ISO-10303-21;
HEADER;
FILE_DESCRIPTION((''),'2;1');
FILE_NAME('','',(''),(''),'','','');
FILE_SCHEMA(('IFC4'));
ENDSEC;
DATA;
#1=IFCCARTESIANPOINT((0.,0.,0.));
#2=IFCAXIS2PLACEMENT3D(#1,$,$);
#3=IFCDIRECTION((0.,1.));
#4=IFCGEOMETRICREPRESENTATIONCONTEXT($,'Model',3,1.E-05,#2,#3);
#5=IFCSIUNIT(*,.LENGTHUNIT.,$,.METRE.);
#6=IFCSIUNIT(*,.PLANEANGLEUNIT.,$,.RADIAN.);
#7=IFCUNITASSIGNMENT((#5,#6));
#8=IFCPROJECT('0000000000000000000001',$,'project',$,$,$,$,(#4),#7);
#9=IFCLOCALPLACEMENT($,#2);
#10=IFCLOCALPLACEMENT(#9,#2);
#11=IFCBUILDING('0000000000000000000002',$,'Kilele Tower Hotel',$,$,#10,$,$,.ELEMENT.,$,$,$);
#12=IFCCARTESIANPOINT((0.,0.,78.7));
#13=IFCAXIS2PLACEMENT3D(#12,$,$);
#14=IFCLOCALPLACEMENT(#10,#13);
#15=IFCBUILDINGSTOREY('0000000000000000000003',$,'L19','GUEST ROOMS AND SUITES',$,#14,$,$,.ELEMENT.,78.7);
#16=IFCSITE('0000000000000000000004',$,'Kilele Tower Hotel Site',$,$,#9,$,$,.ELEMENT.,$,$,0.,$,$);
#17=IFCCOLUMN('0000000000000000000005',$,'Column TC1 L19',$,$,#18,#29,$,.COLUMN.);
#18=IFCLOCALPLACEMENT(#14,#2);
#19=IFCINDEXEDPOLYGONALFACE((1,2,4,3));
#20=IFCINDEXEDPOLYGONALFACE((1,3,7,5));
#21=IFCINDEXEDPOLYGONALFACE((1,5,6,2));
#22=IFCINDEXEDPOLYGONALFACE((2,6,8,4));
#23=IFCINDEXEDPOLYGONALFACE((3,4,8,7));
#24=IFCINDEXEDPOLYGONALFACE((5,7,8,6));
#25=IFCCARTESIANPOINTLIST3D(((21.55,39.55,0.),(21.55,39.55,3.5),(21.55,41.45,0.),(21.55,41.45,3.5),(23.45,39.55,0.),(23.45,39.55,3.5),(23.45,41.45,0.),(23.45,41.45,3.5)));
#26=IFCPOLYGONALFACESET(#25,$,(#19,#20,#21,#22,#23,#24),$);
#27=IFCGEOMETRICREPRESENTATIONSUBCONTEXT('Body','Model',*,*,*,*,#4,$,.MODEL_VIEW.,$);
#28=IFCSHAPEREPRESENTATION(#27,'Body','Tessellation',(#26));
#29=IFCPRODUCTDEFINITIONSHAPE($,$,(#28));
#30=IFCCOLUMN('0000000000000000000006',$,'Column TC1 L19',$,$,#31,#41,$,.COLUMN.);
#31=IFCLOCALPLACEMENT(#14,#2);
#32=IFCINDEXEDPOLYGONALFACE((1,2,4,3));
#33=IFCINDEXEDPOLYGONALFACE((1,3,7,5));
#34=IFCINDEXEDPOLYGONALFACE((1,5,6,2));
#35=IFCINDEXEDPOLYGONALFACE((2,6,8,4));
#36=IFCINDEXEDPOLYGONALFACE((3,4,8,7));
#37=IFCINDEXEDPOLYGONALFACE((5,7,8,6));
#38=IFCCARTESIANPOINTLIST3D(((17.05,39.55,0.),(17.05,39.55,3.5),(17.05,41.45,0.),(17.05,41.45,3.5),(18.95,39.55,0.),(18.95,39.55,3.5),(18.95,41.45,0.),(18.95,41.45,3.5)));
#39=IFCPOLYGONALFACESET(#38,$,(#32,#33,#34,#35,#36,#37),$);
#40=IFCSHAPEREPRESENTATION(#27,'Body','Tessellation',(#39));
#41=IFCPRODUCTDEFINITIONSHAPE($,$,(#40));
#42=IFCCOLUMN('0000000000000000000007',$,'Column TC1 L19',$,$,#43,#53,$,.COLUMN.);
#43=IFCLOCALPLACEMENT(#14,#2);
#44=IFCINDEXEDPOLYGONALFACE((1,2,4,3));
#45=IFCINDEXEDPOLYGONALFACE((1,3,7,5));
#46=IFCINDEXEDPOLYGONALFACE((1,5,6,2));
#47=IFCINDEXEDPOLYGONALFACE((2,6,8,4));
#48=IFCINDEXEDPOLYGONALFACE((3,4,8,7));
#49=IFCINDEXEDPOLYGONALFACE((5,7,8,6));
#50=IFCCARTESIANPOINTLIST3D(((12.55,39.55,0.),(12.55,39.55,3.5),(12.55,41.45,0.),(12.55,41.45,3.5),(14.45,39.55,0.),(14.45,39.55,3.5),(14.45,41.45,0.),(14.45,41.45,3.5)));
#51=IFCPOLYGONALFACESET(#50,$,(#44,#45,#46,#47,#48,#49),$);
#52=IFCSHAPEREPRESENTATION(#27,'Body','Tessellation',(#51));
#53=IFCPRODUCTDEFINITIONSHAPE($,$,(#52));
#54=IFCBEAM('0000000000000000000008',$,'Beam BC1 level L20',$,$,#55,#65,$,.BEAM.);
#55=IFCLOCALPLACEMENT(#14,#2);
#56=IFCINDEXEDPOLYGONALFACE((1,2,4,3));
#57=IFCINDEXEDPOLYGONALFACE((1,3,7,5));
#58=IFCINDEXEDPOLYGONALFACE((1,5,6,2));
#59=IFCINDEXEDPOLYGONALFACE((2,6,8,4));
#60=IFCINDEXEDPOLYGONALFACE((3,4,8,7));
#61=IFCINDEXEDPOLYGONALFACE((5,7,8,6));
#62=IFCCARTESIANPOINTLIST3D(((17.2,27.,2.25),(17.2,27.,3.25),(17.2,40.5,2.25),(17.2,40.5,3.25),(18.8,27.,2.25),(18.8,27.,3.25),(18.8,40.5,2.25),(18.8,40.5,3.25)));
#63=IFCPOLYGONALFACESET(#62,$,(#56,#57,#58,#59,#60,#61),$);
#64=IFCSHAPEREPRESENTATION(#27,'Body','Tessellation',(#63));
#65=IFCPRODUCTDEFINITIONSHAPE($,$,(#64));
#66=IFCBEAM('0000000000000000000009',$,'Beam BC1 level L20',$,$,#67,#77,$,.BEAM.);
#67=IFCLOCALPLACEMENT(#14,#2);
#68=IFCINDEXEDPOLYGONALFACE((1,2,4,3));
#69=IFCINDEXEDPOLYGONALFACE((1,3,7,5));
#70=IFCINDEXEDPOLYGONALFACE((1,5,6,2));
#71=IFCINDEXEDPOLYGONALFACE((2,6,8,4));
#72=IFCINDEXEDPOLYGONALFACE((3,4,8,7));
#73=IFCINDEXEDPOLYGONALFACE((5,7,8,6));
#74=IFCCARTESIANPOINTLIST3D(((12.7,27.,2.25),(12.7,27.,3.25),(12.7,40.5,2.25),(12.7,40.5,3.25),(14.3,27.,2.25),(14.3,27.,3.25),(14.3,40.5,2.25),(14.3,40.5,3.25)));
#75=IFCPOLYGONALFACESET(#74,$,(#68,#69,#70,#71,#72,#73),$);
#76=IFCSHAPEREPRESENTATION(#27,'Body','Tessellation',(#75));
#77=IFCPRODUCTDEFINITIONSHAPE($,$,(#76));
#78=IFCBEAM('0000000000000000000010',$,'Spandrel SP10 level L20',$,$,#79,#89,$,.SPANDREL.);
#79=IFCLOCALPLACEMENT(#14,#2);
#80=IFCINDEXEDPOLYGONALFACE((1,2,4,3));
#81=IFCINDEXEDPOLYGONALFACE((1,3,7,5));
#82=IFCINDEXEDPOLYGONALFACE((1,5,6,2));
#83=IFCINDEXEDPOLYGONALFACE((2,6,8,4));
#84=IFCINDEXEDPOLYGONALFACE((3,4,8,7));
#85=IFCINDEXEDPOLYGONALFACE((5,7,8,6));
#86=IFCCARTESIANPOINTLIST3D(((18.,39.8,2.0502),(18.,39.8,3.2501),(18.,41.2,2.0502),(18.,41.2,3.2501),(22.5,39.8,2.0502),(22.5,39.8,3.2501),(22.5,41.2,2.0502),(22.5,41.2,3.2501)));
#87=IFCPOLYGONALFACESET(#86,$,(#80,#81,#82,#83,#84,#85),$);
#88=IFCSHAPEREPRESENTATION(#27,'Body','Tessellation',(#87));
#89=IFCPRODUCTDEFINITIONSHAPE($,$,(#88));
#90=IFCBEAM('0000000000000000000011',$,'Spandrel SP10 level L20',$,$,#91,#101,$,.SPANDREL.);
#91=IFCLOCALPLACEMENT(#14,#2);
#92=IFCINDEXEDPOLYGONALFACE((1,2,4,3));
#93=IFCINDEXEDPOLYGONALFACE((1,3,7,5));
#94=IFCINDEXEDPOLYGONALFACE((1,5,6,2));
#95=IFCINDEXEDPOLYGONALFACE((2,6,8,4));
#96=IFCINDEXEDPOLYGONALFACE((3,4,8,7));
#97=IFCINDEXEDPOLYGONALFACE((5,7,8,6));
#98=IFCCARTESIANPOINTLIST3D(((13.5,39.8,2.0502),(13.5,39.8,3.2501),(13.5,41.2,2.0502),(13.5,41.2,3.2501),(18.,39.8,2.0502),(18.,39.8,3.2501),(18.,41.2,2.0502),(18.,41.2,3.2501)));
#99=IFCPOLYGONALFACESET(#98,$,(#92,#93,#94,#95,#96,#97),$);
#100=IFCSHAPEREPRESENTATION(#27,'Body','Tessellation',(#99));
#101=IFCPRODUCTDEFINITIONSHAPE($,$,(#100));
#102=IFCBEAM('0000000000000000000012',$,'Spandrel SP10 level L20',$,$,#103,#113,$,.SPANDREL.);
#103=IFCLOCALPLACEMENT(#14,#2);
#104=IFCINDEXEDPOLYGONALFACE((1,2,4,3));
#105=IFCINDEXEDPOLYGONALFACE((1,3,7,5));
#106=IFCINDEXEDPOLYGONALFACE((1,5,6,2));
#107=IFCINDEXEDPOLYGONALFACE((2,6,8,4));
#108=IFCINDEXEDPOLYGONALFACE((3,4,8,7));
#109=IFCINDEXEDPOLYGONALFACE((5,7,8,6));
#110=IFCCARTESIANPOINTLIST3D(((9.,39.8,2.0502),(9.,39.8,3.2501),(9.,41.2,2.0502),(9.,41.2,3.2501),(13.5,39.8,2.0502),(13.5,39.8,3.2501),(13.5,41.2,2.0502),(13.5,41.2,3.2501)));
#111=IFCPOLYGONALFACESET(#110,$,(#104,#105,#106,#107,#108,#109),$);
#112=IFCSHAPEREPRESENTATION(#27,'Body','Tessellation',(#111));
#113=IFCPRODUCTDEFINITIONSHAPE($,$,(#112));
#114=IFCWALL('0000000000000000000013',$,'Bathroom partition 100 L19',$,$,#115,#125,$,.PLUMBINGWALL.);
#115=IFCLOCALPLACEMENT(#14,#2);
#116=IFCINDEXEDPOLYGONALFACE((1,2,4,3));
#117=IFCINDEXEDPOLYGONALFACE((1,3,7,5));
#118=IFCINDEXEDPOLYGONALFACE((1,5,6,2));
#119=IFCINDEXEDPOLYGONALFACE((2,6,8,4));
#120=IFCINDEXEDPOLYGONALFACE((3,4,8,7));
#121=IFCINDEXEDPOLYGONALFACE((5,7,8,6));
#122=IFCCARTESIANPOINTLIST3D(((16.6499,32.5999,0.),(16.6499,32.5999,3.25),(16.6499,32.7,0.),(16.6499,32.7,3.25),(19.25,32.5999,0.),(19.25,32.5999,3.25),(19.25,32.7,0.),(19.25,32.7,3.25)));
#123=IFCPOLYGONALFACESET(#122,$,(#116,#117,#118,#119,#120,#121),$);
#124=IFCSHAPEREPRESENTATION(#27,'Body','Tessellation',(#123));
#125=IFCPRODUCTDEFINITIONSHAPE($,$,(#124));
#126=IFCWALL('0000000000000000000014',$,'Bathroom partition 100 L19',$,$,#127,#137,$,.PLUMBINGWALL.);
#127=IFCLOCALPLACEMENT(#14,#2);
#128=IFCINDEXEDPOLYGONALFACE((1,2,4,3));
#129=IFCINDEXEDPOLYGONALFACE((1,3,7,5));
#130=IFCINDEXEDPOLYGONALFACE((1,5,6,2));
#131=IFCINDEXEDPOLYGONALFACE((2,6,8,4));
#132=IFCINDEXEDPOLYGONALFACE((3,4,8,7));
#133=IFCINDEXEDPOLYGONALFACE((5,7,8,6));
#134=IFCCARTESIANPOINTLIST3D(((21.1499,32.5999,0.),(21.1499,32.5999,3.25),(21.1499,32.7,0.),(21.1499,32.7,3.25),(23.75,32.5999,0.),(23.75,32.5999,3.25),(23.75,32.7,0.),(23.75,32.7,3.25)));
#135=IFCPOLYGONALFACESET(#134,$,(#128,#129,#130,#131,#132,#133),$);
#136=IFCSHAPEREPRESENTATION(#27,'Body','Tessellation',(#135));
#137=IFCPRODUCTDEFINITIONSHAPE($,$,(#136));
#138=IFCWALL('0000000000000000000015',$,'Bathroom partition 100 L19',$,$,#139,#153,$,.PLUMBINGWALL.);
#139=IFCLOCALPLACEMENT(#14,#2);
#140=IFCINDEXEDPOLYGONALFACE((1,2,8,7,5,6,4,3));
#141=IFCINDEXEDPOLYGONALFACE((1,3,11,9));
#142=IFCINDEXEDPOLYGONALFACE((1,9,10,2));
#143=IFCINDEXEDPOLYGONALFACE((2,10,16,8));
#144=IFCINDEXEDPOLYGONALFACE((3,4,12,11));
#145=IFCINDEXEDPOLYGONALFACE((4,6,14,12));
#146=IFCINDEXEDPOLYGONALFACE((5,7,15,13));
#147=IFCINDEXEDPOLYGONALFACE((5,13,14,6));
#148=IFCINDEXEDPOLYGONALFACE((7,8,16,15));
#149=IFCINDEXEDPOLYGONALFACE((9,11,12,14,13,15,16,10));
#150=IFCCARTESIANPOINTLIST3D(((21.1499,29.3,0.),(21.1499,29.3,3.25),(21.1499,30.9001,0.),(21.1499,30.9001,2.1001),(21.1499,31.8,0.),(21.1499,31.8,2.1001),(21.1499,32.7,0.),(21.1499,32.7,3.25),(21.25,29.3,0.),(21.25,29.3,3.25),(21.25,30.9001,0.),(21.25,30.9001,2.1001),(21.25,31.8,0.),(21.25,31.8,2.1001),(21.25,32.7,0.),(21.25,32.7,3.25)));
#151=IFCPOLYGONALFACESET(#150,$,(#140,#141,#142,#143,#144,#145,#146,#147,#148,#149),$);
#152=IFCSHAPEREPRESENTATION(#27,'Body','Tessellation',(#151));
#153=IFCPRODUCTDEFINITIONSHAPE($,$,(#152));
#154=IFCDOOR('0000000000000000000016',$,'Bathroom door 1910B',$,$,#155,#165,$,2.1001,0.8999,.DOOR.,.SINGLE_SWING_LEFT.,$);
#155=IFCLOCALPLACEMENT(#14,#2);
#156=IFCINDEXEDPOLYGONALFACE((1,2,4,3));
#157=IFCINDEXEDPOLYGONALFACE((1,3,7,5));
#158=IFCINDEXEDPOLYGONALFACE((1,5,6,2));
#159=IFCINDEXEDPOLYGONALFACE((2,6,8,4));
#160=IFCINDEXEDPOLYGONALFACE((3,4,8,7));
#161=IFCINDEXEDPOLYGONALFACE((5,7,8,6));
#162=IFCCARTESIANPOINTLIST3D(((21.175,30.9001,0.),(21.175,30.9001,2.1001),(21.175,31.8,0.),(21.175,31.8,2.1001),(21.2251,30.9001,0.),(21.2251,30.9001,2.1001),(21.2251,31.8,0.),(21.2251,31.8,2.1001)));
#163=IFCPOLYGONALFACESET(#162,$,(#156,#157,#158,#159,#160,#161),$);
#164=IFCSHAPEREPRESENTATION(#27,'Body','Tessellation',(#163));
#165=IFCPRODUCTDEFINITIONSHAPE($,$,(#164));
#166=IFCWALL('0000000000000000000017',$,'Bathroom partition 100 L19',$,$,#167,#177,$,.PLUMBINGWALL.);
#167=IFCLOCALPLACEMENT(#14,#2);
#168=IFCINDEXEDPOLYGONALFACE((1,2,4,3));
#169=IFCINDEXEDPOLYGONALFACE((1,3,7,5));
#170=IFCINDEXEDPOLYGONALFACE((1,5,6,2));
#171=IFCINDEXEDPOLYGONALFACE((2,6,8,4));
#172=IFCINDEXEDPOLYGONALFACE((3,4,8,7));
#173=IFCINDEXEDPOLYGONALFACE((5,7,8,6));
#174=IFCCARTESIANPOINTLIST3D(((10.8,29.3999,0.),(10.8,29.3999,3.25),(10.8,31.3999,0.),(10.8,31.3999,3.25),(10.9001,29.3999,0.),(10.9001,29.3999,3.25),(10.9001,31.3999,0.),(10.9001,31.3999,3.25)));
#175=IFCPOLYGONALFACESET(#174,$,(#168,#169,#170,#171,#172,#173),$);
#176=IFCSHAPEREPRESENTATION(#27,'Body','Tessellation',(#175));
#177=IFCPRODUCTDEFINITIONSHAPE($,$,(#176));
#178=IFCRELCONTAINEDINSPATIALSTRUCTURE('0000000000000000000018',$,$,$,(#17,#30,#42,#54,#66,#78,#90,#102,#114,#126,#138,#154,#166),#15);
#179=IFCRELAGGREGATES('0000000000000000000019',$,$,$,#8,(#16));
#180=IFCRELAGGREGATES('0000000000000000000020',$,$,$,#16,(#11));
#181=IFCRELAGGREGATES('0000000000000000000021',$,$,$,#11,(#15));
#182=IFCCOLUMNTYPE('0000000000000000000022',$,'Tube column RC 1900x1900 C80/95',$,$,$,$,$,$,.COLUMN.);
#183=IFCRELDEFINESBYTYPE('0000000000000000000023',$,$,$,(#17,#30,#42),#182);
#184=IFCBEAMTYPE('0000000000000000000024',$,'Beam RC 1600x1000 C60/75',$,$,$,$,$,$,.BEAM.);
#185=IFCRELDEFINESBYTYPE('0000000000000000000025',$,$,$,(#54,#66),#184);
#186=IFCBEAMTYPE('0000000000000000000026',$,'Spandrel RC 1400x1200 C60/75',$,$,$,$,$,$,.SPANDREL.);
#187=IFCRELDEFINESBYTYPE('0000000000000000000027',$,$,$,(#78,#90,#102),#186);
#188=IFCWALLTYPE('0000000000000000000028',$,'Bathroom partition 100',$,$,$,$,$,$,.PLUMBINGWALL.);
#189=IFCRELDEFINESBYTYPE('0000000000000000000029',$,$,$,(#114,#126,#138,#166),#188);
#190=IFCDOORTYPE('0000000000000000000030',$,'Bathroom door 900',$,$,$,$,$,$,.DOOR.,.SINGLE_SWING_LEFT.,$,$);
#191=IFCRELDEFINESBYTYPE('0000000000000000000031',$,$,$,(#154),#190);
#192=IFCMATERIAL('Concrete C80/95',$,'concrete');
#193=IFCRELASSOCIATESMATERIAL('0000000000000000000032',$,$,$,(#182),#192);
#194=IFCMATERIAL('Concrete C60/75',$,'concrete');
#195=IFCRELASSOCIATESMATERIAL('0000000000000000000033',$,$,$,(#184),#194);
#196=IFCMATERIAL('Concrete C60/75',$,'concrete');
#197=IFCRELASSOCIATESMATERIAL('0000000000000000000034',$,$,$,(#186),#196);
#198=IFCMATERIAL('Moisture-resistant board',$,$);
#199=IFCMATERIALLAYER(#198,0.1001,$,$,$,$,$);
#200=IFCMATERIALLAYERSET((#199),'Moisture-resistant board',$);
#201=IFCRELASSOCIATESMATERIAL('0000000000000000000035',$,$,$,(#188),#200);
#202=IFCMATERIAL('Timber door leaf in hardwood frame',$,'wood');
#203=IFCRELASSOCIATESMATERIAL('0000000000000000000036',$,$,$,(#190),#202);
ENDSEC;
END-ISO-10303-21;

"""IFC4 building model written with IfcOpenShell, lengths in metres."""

from ifc_helpers import new_model, si_unit, direction, frame, frame_2d, origin, origin_2d, place, context, subcontext, project, spatial, rectangle, extrude, material, layer, layer_set, material_profile, profile_set, type_object, element, fill, save


model = new_model("IFC4")

# Units and contexts
model_context = context("Model", 3, precision=1e-05, world=origin(), true_north=direction((0.0, 1.0)))
body_context = subcontext(model_context, "Body", "Model", "MODEL_VIEW")
ifc_project = project(units=[si_unit("LENGTHUNIT", "METRE"), si_unit("PLANEANGLEUNIT", "RADIAN")], contexts=[model_context])

# Site, building, storey
site_placement = place(None, origin())
site = spatial("IfcSite", under=ifc_project, at=site_placement, Name="Kilele Tower Hotel Site", CompositionType="ELEMENT", RefElevation=0.0)
building_placement = place(site_placement, origin())
building = spatial("IfcBuilding", under=site, at=building_placement, Name="Kilele Tower Hotel", CompositionType="ELEMENT")
storey_placement = place(building_placement, frame((0.0, 0.0, 78.7)))
storey = spatial("IfcBuildingStorey", under=building, at=storey_placement, Name="L19", Description="GUEST ROOMS AND SUITES", CompositionType="ELEMENT", Elevation=78.7)

# Columns
ifc_material_1 = material(Name="Concrete C80/95", Category="concrete")
ifc_material_profile_1 = material_profile(ifc_material_1, rectangle(XDim=1.8999, YDim=1.8999, at=origin_2d()))
ifc_profile_set_1 = profile_set([ifc_material_profile_1], Name="Concrete C80/95")
column_type = type_object("IfcColumnType", Name="Tube column RC 1900x1900 C80/95", PredefinedType="COLUMN", material=ifc_profile_set_1)
for number, where, z_axis, x_axis, name in (
    (1, (22.5, 40.5, 0.0), (0.0, 0.0, 1.0), (1.0, 0.0, 0.0), "Column TC1 L19"),
    (2, (18.0, 40.5, 0.0), (0.0, 0.0, 1.0), (1.0, 0.0, 0.0), "Column TC1 L19"),
    (3, (13.5, 40.5, 0.0), (0.0, 0.0, 1.0), (1.0, 0.0, 0.0), "Column TC1 L19"),
):
    element("IfcColumn", number, at=place(storey_placement, frame(where, z_axis=z_axis, x_axis=x_axis)), inside=storey, type_object=column_type, Name=name, PredefinedType="COLUMN", context=body_context, shape_type="SweptSolid", body=[
        extrude(rectangle(XDim=1.8999, YDim=1.8999, at=origin_2d()), origin(), (0.0, 0.0, 1.0), 3.5),
    ])

# Beams
ifc_material_2 = material(Name="Concrete C60/75", Category="concrete")
ifc_material_profile_2 = material_profile(ifc_material_2, rectangle(XDim=1.6001, YDim=1.0, at=origin_2d()))
ifc_profile_set_2 = profile_set([ifc_material_profile_2], Name="Concrete C60/75")
beam_type_1 = type_object("IfcBeamType", Name="Beam RC 1600x1000 C60/75", PredefinedType="BEAM", material=ifc_profile_set_2)
for number, where, z_axis, x_axis, name in (
    (4, (18.0, 40.5, 2.75), (0.0, -1.0, 0.0), (1.0, 0.0, 0.0), "Beam BC1 level L20"),
    (5, (13.5, 40.5, 2.75), (0.0, -1.0, 0.0), (1.0, 0.0, 0.0), "Beam BC1 level L20"),
):
    element("IfcBeam", number, at=place(storey_placement, frame(where, z_axis=z_axis, x_axis=x_axis)), inside=storey, type_object=beam_type_1, Name=name, PredefinedType="BEAM", context=body_context, shape_type="SweptSolid", body=[
        extrude(rectangle(XDim=1.6001, YDim=1.0, at=origin_2d()), origin(), (0.0, 0.0, 1.0), 13.5),
    ])
ifc_material_3 = material(Name="Concrete C60/75", Category="concrete")
ifc_material_profile_3 = material_profile(ifc_material_3, rectangle(XDim=1.3999, YDim=1.2, at=origin_2d()))
ifc_profile_set_3 = profile_set([ifc_material_profile_3], Name="Concrete C60/75")
beam_type_2 = type_object("IfcBeamType", Name="Spandrel RC 1400x1200 C60/75", PredefinedType="SPANDREL", material=ifc_profile_set_3)
for number, where, z_axis, x_axis, name in (
    (6, (22.5, 40.5, 2.6501), (-1.0, 0.0, 0.0), (0.0, -1.0, 0.0), "Spandrel SP10 level L20"),
    (7, (18.0, 40.5, 2.6501), (-1.0, 0.0, 0.0), (0.0, -1.0, 0.0), "Spandrel SP10 level L20"),
    (8, (13.5, 40.5, 2.6501), (-1.0, 0.0, 0.0), (0.0, -1.0, 0.0), "Spandrel SP10 level L20"),
):
    element("IfcBeam", number, at=place(storey_placement, frame(where, z_axis=z_axis, x_axis=x_axis)), inside=storey, type_object=beam_type_2, Name=name, PredefinedType="SPANDREL", context=body_context, shape_type="SweptSolid", body=[
        extrude(rectangle(XDim=1.3999, YDim=1.2, at=origin_2d()), origin(), (0.0, 0.0, 1.0), 4.5),
    ])

# Walls
ifc_material_4 = material(Name="Moisture-resistant board")
ifc_layer_1 = layer(ifc_material_4, 0.1001)
ifc_layer_set_1 = layer_set([ifc_layer_1], Name="Moisture-resistant board")
wall_type_1 = type_object("IfcWallType", Name="Bathroom partition 100", PredefinedType="PLUMBINGWALL", material=ifc_layer_set_1)
for number, where, z_axis, x_axis, name in (
    (9, (16.6499, 32.6499, 0.0), (0.0, 0.0, 1.0), (1.0, 0.0, 0.0), "Bathroom partition 100 L19"),
    (10, (21.1499, 32.6499, 0.0), (0.0, 0.0, 1.0), (1.0, 0.0, 0.0), "Bathroom partition 100 L19"),
):
    element("IfcWall", number, at=place(storey_placement, frame(where, z_axis=z_axis, x_axis=x_axis)), inside=storey, type_object=wall_type_1, Name=name, PredefinedType="PLUMBINGWALL", context=body_context, shape_type="SweptSolid", body=[
        extrude(rectangle(XDim=2.6001, YDim=0.1001, at=frame_2d((1.3, 0.0))), origin(), (0.0, 0.0, 1.0), 3.25),
    ])

# Wall, opening, door
wall_1_placement = place(storey_placement, frame((21.2, 29.3, 0.0), z_axis=(0.0, 0.0, 1.0), x_axis=(0.0, 1.0, 0.0)))
wall_1 = element("IfcWall", 11, at=wall_1_placement, inside=storey, type_object=wall_type_1, Name="Bathroom partition 100 L19", PredefinedType="PLUMBINGWALL", context=body_context, shape_type="SweptSolid", body=[
    extrude(rectangle(XDim=3.3999, YDim=0.1001, at=frame_2d((1.7, 0.0))), origin(), (0.0, 0.0, 1.0), 3.25),
])
opening_1_placement = place(wall_1_placement, frame((1.6001, 0.0, 0.0)))
opening_1 = element("IfcOpeningElement", 12, at=opening_1_placement, cuts=wall_1, PredefinedType="OPENING", context=body_context, shape_type="SweptSolid", body=[
    extrude(rectangle(XDim=0.8999, YDim=2.1001, at=frame_2d((0.45, 1.05))), frame((0.0, 0.0601, 0.0), z_axis=(0.0, -1.0, 0.0), x_axis=(1.0, 0.0, 0.0)), (0.0, 0.0, 1.0), 0.1201),
])
ifc_material_5 = material(Name="Timber door leaf in hardwood frame", Category="wood")
door_type_1 = type_object("IfcDoorType", Name="Bathroom door 900", OperationType="SINGLE_SWING_LEFT", PredefinedType="DOOR", material=ifc_material_5)
door_1_placement = place(opening_1_placement, origin())
door_1 = element("IfcDoor", 13, at=door_1_placement, inside=storey, type_object=door_type_1, Name="Bathroom door 1910B", OperationType="SINGLE_SWING_LEFT", OverallHeight=2.1001, OverallWidth=0.8999, PredefinedType="DOOR", context=body_context, shape_type="SweptSolid", body=[
    extrude(rectangle(XDim=0.8999, YDim=2.1001, at=frame_2d((0.45, 1.05))), frame((0.0, 0.0249, 0.0), z_axis=(0.0, -1.0, 0.0), x_axis=(1.0, 0.0, 0.0)), (0.0, 0.0, 1.0), 0.05),
])
fill(opening_1, door_1)

# Wall
wall_2_placement = place(storey_placement, frame((10.8501, 31.3999, 0.0), z_axis=(0.0, 0.0, 1.0), x_axis=(0.0, -1.0, 0.0)))
element("IfcWall", 14, at=wall_2_placement, inside=storey, type_object=wall_type_1, Name="Bathroom partition 100 L19", PredefinedType="PLUMBINGWALL", context=body_context, shape_type="SweptSolid", body=[
    extrude(rectangle(XDim=2.0, YDim=0.1001, at=frame_2d((1.0, 0.0))), origin(), (0.0, 0.0, 1.0), 3.25),
])

save(model, "model.ifc")
